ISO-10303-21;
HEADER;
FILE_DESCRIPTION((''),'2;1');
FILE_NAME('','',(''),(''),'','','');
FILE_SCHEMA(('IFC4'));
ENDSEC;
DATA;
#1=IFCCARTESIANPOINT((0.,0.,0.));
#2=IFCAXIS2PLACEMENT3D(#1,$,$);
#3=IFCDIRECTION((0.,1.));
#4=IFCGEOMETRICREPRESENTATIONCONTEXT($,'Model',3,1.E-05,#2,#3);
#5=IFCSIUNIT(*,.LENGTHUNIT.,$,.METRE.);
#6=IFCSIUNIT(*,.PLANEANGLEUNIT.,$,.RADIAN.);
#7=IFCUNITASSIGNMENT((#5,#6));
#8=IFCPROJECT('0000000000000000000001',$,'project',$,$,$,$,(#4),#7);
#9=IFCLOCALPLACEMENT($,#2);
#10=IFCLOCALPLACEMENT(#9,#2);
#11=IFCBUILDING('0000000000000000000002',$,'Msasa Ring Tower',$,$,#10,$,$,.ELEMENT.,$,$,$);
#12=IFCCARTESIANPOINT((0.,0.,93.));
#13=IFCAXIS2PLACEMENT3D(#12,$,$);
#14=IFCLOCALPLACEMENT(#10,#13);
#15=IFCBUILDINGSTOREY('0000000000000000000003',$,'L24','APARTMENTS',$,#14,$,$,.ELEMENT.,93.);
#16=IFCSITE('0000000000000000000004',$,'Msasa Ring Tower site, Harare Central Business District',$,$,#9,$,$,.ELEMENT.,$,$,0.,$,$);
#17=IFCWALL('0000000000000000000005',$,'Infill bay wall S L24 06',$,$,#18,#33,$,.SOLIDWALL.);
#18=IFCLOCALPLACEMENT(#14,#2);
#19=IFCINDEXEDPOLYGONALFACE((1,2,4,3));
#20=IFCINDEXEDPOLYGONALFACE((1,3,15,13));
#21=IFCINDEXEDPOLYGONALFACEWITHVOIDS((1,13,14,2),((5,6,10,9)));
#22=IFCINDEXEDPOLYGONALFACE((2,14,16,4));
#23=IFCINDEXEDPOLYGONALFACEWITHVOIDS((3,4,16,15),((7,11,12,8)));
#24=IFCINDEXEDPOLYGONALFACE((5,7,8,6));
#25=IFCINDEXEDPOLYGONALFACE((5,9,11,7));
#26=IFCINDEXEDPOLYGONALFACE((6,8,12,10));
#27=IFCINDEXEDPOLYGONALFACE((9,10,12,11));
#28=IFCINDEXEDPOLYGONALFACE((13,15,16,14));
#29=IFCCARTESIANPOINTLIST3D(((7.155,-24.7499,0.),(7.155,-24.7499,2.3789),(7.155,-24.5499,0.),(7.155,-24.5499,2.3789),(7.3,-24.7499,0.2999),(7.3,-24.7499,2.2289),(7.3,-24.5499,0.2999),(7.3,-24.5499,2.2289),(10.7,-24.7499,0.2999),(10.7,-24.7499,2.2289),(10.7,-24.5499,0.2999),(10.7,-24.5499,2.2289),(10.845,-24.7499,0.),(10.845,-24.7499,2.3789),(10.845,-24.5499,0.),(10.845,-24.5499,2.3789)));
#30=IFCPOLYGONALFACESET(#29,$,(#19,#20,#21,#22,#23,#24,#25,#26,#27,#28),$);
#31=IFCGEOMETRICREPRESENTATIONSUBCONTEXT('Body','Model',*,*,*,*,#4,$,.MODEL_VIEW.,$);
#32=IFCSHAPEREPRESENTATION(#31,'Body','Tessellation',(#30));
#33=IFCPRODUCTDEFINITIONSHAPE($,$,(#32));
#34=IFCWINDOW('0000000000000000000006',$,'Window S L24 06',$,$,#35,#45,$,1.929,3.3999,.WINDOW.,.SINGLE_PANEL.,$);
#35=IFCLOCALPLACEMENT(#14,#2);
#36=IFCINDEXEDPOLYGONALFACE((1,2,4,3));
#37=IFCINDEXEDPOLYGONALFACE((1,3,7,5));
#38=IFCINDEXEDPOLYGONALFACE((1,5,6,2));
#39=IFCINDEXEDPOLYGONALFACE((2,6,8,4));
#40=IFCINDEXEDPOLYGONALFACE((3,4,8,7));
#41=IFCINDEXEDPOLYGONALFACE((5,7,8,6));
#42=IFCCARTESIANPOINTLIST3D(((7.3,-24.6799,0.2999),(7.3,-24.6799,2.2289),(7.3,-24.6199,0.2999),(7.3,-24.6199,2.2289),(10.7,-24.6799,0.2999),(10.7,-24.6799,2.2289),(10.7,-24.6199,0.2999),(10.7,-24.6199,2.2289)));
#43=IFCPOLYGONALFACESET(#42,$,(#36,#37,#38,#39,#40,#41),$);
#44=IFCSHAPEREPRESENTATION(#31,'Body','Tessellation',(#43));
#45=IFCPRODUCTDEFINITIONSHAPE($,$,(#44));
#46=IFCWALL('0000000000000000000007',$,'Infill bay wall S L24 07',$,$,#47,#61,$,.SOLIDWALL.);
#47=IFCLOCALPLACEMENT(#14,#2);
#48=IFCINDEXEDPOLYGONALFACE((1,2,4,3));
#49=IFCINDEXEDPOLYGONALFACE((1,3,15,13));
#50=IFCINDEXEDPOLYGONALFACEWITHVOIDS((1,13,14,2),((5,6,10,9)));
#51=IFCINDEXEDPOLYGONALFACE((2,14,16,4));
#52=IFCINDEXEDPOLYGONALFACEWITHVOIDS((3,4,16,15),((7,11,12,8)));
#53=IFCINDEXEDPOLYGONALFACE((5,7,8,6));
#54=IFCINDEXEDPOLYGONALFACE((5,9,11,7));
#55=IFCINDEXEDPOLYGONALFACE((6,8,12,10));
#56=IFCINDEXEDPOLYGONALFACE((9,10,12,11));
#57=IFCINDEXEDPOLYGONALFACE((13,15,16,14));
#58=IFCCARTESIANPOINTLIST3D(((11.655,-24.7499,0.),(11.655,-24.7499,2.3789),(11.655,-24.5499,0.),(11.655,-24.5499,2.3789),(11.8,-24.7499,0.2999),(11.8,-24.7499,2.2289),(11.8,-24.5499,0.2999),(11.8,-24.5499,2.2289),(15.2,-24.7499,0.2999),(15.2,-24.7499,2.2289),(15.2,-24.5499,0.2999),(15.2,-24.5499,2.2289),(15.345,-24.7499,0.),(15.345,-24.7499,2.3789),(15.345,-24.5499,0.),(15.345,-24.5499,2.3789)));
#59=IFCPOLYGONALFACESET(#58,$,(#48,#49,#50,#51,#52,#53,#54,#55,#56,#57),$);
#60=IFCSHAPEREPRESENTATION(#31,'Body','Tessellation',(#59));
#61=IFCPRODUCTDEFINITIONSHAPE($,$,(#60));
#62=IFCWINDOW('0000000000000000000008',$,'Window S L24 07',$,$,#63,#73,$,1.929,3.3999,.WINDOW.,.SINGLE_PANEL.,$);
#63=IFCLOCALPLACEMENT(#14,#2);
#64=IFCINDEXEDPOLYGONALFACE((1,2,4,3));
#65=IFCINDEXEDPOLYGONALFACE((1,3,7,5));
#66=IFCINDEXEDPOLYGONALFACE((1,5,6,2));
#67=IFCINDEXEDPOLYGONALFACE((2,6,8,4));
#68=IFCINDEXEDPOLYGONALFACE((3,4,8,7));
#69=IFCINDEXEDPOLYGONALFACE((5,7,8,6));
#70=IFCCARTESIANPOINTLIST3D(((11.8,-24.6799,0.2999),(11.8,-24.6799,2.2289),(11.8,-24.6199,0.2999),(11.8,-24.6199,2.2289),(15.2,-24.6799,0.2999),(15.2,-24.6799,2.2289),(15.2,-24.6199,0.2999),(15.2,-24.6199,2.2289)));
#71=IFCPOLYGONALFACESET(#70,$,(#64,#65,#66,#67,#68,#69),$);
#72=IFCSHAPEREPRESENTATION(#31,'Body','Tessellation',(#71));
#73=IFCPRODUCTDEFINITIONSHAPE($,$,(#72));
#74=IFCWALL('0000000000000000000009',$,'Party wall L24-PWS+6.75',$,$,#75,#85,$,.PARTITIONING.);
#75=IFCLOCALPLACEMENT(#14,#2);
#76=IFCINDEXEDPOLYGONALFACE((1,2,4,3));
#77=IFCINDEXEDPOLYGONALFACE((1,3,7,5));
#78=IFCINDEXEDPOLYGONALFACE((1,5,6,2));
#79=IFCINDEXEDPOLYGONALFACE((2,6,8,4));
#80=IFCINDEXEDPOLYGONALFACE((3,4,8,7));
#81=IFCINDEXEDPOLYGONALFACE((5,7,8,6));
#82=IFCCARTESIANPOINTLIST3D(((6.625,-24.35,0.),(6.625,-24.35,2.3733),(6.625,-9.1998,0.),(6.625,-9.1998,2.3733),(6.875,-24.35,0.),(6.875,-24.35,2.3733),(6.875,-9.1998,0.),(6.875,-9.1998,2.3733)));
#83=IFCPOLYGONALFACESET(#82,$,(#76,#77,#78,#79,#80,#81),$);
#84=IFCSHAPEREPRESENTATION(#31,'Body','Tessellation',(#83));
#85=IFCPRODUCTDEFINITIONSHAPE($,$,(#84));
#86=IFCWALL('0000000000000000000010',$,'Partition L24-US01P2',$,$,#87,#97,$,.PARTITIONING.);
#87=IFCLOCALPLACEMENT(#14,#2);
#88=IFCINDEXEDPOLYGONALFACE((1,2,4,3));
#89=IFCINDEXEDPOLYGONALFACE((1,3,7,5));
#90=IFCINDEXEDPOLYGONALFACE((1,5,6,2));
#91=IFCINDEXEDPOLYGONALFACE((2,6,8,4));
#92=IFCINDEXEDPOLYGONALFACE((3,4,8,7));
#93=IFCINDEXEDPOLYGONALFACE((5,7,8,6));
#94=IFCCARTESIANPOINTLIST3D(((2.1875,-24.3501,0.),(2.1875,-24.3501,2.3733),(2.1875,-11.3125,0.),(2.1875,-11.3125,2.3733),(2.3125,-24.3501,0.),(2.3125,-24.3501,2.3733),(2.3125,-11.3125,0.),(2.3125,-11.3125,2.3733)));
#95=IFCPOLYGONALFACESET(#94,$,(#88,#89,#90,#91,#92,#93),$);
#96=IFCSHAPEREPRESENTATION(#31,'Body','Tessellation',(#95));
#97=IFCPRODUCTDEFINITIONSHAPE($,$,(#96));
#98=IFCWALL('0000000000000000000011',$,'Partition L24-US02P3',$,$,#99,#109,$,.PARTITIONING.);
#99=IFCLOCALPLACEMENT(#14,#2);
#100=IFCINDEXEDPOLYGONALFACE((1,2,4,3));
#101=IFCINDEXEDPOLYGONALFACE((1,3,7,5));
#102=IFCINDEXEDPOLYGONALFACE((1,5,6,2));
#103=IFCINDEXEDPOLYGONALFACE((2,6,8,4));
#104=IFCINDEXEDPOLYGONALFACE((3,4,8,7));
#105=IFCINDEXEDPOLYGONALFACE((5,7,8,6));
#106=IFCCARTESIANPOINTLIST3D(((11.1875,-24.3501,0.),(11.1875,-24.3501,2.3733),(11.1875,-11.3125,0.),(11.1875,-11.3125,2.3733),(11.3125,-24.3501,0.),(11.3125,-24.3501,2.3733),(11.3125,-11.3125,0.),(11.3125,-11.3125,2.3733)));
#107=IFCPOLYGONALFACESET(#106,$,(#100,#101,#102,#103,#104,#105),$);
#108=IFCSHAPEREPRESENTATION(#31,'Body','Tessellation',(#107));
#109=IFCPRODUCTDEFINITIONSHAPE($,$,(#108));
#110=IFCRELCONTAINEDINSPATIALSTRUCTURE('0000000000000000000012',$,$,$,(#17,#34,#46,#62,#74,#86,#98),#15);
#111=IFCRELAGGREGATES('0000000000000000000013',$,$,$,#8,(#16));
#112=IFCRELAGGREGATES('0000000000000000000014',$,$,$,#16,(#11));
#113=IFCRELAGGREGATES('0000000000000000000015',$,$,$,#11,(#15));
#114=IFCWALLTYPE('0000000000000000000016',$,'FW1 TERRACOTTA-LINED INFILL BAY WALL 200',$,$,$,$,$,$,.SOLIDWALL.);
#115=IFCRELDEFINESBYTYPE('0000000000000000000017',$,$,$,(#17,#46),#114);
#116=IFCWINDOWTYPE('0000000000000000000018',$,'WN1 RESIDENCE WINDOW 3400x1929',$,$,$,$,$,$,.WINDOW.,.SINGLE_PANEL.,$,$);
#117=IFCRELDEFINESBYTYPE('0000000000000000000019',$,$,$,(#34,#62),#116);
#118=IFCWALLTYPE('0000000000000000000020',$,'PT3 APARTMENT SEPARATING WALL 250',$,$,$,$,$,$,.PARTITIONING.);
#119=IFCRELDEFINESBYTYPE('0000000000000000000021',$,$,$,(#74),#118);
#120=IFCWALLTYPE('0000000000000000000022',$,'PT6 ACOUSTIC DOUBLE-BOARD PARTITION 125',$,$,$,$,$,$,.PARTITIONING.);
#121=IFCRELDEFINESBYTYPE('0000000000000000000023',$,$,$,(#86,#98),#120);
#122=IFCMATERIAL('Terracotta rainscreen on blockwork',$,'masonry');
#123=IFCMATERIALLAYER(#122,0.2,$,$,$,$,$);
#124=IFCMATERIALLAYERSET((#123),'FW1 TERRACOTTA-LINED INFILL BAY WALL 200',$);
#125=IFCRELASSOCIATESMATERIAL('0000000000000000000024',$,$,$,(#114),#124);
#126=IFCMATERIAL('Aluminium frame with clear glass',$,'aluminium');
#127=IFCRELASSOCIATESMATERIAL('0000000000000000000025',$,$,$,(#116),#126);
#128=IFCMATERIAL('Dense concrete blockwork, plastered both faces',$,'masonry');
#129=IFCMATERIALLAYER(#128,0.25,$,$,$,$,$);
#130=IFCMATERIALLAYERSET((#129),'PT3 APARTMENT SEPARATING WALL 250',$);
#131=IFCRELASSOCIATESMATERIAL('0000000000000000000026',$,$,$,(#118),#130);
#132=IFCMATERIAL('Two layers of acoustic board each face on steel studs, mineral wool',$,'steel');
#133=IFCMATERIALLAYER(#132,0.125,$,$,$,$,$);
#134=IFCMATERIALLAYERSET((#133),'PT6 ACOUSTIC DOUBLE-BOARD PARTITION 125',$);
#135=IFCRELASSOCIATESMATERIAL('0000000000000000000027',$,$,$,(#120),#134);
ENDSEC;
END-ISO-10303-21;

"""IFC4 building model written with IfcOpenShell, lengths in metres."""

from ifc_helpers import new_model, si_unit, direction, frame, frame_2d, origin, place, context, subcontext, project, spatial, rectangle, extrude, material, layer, layer_set, type_object, element, fill, save


model = new_model("IFC4")

# Units and contexts
model_context = context("Model", 3, precision=1e-05, world=origin(), true_north=direction((0.0, 1.0)))
body_context = subcontext(model_context, "Body", "Model", "MODEL_VIEW")
ifc_project = project(units=[si_unit("LENGTHUNIT", "METRE"), si_unit("PLANEANGLEUNIT", "RADIAN")], contexts=[model_context])

# Site, building, storey
site_placement = place(None, origin())
site = spatial("IfcSite", under=ifc_project, at=site_placement, Name="Msasa Ring Tower site, Harare Central Business District", CompositionType="ELEMENT", RefElevation=0.0)
building_placement = place(site_placement, origin())
building = spatial("IfcBuilding", under=site, at=building_placement, Name="Msasa Ring Tower", CompositionType="ELEMENT")
storey_placement = place(building_placement, frame((0.0, 0.0, 93.0)))
storey = spatial("IfcBuildingStorey", under=building, at=storey_placement, Name="L24", Description="APARTMENTS", CompositionType="ELEMENT", Elevation=93.0)

# Walls, openings, windows
ifc_material_1 = material(Name="Terracotta rainscreen on blockwork", Category="masonry")
ifc_layer_1 = layer(ifc_material_1, 0.2)
ifc_layer_set_1 = layer_set([ifc_layer_1], Name="FW1 TERRACOTTA-LINED INFILL BAY WALL 200")
wall_type_1 = type_object("IfcWallType", Name="FW1 TERRACOTTA-LINED INFILL BAY WALL 200", PredefinedType="SOLIDWALL", material=ifc_layer_set_1)
ifc_material_2 = material(Name="Aluminium frame with clear glass", Category="aluminium")
window_type = type_object("IfcWindowType", Name="WN1 RESIDENCE WINDOW 3400x1929", PartitioningType="SINGLE_PANEL", PredefinedType="WINDOW", material=ifc_material_2)
wall_1_placement = place(storey_placement, frame((7.155, -24.6499, 0.0), z_axis=(0.0, 0.0, 1.0), x_axis=(1.0, 0.0, 0.0)))
wall_1 = element("IfcWall", 1, at=wall_1_placement, inside=storey, type_object=wall_type_1, Name="Infill bay wall S L24 06", PredefinedType="SOLIDWALL", context=body_context, shape_type="SweptSolid", body=[
    extrude(rectangle(XDim=3.6899, YDim=0.2, at=frame_2d((1.845, 0.0))), origin(), (0.0, 0.0, 1.0), 2.3789),
])
opening_1_placement = place(wall_1_placement, frame((0.145, 0.0, 0.3)))
opening_1 = element("IfcOpeningElement", 2, at=opening_1_placement, cuts=wall_1, PredefinedType="OPENING", context=body_context, shape_type="SweptSolid", body=[
    extrude(rectangle(XDim=3.3999, YDim=1.929, at=frame_2d((1.7, 0.9644))), frame((0.0, 0.1099, 0.0), z_axis=(0.0, -1.0, 0.0), x_axis=(1.0, 0.0, 0.0)), (0.0, 0.0, 1.0), 0.22),
])
window_1_placement = place(opening_1_placement, origin())
window_1 = element("IfcWindow", 3, at=window_1_placement, inside=storey, type_object=window_type, Name="Window S L24 06", OverallHeight=1.929, OverallWidth=3.3999, PartitioningType="SINGLE_PANEL", PredefinedType="WINDOW", context=body_context, shape_type="SweptSolid", body=[
    extrude(rectangle(XDim=3.3999, YDim=1.929, at=frame_2d((1.7, 0.9644))), frame((0.0, 0.03, 0.0), z_axis=(0.0, -1.0, 0.0), x_axis=(1.0, 0.0, 0.0)), (0.0, 0.0, 1.0), 0.0601),
])
fill(opening_1, window_1)
wall_2_placement = place(storey_placement, frame((11.655, -24.6499, 0.0), z_axis=(0.0, 0.0, 1.0), x_axis=(1.0, 0.0, 0.0)))
wall_2 = element("IfcWall", 4, at=wall_2_placement, inside=storey, type_object=wall_type_1, Name="Infill bay wall S L24 07", PredefinedType="SOLIDWALL", context=body_context, shape_type="SweptSolid", body=[
    extrude(rectangle(XDim=3.6899, YDim=0.2, at=frame_2d((1.845, 0.0))), origin(), (0.0, 0.0, 1.0), 2.3789),
])
opening_2_placement = place(wall_2_placement, frame((0.145, 0.0, 0.3)))
opening_2 = element("IfcOpeningElement", 5, at=opening_2_placement, cuts=wall_2, PredefinedType="OPENING", context=body_context, shape_type="SweptSolid", body=[
    extrude(rectangle(XDim=3.3999, YDim=1.929, at=frame_2d((1.7, 0.9644))), frame((0.0, 0.1099, 0.0), z_axis=(0.0, -1.0, 0.0), x_axis=(1.0, 0.0, 0.0)), (0.0, 0.0, 1.0), 0.22),
])
window_2_placement = place(opening_2_placement, origin())
window_2 = element("IfcWindow", 6, at=window_2_placement, inside=storey, type_object=window_type, Name="Window S L24 07", OverallHeight=1.929, OverallWidth=3.3999, PartitioningType="SINGLE_PANEL", PredefinedType="WINDOW", context=body_context, shape_type="SweptSolid", body=[
    extrude(rectangle(XDim=3.3999, YDim=1.929, at=frame_2d((1.7, 0.9644))), frame((0.0, 0.03, 0.0), z_axis=(0.0, -1.0, 0.0), x_axis=(1.0, 0.0, 0.0)), (0.0, 0.0, 1.0), 0.0601),
])
fill(opening_2, window_2)

# Walls
ifc_material_3 = material(Name="Dense concrete blockwork, plastered both faces", Category="masonry")
ifc_layer_2 = layer(ifc_material_3, 0.25)
ifc_layer_set_2 = layer_set([ifc_layer_2], Name="PT3 APARTMENT SEPARATING WALL 250")
wall_type_2 = type_object("IfcWallType", Name="PT3 APARTMENT SEPARATING WALL 250", PredefinedType="PARTITIONING", material=ifc_layer_set_2)
wall_3_placement = place(storey_placement, frame((6.75, -24.3501, 0.0), z_axis=(0.0, 0.0, 1.0), x_axis=(0.0, 1.0, 0.0)))
element("IfcWall", 7, at=wall_3_placement, inside=storey, type_object=wall_type_2, Name="Party wall L24-PWS+6.75", PredefinedType="PARTITIONING", context=body_context, shape_type="SweptSolid", body=[
    extrude(rectangle(XDim=15.1501, YDim=0.25, at=frame_2d((7.5752, 0.0))), origin(), (0.0, 0.0, 1.0), 2.3733),
])
ifc_material_4 = material(Name="Two layers of acoustic board each face on steel studs, mineral wool", Category="steel")
ifc_layer_3 = layer(ifc_material_4, 0.125)
ifc_layer_set_3 = layer_set([ifc_layer_3], Name="PT6 ACOUSTIC DOUBLE-BOARD PARTITION 125")
wall_type_3 = type_object("IfcWallType", Name="PT6 ACOUSTIC DOUBLE-BOARD PARTITION 125", PredefinedType="PARTITIONING", material=ifc_layer_set_3)
for number, where, z_axis, x_axis, name in (
    (8, (2.25, -24.3501, 0.0), (0.0, 0.0, 1.0), (0.0, 1.0, 0.0), "Partition L24-US01P2"),
    (9, (11.25, -24.3501, 0.0), (0.0, 0.0, 1.0), (0.0, 1.0, 0.0), "Partition L24-US02P3"),
):
    element("IfcWall", number, at=place(storey_placement, frame(where, z_axis=z_axis, x_axis=x_axis)), inside=storey, type_object=wall_type_3, Name=name, PredefinedType="PARTITIONING", context=body_context, shape_type="SweptSolid", body=[
        extrude(rectangle(XDim=13.0376, YDim=0.125, at=frame_2d((6.5188, 0.0))), origin(), (0.0, 0.0, 1.0), 2.3733),
    ])

save(model, "model.ifc")
